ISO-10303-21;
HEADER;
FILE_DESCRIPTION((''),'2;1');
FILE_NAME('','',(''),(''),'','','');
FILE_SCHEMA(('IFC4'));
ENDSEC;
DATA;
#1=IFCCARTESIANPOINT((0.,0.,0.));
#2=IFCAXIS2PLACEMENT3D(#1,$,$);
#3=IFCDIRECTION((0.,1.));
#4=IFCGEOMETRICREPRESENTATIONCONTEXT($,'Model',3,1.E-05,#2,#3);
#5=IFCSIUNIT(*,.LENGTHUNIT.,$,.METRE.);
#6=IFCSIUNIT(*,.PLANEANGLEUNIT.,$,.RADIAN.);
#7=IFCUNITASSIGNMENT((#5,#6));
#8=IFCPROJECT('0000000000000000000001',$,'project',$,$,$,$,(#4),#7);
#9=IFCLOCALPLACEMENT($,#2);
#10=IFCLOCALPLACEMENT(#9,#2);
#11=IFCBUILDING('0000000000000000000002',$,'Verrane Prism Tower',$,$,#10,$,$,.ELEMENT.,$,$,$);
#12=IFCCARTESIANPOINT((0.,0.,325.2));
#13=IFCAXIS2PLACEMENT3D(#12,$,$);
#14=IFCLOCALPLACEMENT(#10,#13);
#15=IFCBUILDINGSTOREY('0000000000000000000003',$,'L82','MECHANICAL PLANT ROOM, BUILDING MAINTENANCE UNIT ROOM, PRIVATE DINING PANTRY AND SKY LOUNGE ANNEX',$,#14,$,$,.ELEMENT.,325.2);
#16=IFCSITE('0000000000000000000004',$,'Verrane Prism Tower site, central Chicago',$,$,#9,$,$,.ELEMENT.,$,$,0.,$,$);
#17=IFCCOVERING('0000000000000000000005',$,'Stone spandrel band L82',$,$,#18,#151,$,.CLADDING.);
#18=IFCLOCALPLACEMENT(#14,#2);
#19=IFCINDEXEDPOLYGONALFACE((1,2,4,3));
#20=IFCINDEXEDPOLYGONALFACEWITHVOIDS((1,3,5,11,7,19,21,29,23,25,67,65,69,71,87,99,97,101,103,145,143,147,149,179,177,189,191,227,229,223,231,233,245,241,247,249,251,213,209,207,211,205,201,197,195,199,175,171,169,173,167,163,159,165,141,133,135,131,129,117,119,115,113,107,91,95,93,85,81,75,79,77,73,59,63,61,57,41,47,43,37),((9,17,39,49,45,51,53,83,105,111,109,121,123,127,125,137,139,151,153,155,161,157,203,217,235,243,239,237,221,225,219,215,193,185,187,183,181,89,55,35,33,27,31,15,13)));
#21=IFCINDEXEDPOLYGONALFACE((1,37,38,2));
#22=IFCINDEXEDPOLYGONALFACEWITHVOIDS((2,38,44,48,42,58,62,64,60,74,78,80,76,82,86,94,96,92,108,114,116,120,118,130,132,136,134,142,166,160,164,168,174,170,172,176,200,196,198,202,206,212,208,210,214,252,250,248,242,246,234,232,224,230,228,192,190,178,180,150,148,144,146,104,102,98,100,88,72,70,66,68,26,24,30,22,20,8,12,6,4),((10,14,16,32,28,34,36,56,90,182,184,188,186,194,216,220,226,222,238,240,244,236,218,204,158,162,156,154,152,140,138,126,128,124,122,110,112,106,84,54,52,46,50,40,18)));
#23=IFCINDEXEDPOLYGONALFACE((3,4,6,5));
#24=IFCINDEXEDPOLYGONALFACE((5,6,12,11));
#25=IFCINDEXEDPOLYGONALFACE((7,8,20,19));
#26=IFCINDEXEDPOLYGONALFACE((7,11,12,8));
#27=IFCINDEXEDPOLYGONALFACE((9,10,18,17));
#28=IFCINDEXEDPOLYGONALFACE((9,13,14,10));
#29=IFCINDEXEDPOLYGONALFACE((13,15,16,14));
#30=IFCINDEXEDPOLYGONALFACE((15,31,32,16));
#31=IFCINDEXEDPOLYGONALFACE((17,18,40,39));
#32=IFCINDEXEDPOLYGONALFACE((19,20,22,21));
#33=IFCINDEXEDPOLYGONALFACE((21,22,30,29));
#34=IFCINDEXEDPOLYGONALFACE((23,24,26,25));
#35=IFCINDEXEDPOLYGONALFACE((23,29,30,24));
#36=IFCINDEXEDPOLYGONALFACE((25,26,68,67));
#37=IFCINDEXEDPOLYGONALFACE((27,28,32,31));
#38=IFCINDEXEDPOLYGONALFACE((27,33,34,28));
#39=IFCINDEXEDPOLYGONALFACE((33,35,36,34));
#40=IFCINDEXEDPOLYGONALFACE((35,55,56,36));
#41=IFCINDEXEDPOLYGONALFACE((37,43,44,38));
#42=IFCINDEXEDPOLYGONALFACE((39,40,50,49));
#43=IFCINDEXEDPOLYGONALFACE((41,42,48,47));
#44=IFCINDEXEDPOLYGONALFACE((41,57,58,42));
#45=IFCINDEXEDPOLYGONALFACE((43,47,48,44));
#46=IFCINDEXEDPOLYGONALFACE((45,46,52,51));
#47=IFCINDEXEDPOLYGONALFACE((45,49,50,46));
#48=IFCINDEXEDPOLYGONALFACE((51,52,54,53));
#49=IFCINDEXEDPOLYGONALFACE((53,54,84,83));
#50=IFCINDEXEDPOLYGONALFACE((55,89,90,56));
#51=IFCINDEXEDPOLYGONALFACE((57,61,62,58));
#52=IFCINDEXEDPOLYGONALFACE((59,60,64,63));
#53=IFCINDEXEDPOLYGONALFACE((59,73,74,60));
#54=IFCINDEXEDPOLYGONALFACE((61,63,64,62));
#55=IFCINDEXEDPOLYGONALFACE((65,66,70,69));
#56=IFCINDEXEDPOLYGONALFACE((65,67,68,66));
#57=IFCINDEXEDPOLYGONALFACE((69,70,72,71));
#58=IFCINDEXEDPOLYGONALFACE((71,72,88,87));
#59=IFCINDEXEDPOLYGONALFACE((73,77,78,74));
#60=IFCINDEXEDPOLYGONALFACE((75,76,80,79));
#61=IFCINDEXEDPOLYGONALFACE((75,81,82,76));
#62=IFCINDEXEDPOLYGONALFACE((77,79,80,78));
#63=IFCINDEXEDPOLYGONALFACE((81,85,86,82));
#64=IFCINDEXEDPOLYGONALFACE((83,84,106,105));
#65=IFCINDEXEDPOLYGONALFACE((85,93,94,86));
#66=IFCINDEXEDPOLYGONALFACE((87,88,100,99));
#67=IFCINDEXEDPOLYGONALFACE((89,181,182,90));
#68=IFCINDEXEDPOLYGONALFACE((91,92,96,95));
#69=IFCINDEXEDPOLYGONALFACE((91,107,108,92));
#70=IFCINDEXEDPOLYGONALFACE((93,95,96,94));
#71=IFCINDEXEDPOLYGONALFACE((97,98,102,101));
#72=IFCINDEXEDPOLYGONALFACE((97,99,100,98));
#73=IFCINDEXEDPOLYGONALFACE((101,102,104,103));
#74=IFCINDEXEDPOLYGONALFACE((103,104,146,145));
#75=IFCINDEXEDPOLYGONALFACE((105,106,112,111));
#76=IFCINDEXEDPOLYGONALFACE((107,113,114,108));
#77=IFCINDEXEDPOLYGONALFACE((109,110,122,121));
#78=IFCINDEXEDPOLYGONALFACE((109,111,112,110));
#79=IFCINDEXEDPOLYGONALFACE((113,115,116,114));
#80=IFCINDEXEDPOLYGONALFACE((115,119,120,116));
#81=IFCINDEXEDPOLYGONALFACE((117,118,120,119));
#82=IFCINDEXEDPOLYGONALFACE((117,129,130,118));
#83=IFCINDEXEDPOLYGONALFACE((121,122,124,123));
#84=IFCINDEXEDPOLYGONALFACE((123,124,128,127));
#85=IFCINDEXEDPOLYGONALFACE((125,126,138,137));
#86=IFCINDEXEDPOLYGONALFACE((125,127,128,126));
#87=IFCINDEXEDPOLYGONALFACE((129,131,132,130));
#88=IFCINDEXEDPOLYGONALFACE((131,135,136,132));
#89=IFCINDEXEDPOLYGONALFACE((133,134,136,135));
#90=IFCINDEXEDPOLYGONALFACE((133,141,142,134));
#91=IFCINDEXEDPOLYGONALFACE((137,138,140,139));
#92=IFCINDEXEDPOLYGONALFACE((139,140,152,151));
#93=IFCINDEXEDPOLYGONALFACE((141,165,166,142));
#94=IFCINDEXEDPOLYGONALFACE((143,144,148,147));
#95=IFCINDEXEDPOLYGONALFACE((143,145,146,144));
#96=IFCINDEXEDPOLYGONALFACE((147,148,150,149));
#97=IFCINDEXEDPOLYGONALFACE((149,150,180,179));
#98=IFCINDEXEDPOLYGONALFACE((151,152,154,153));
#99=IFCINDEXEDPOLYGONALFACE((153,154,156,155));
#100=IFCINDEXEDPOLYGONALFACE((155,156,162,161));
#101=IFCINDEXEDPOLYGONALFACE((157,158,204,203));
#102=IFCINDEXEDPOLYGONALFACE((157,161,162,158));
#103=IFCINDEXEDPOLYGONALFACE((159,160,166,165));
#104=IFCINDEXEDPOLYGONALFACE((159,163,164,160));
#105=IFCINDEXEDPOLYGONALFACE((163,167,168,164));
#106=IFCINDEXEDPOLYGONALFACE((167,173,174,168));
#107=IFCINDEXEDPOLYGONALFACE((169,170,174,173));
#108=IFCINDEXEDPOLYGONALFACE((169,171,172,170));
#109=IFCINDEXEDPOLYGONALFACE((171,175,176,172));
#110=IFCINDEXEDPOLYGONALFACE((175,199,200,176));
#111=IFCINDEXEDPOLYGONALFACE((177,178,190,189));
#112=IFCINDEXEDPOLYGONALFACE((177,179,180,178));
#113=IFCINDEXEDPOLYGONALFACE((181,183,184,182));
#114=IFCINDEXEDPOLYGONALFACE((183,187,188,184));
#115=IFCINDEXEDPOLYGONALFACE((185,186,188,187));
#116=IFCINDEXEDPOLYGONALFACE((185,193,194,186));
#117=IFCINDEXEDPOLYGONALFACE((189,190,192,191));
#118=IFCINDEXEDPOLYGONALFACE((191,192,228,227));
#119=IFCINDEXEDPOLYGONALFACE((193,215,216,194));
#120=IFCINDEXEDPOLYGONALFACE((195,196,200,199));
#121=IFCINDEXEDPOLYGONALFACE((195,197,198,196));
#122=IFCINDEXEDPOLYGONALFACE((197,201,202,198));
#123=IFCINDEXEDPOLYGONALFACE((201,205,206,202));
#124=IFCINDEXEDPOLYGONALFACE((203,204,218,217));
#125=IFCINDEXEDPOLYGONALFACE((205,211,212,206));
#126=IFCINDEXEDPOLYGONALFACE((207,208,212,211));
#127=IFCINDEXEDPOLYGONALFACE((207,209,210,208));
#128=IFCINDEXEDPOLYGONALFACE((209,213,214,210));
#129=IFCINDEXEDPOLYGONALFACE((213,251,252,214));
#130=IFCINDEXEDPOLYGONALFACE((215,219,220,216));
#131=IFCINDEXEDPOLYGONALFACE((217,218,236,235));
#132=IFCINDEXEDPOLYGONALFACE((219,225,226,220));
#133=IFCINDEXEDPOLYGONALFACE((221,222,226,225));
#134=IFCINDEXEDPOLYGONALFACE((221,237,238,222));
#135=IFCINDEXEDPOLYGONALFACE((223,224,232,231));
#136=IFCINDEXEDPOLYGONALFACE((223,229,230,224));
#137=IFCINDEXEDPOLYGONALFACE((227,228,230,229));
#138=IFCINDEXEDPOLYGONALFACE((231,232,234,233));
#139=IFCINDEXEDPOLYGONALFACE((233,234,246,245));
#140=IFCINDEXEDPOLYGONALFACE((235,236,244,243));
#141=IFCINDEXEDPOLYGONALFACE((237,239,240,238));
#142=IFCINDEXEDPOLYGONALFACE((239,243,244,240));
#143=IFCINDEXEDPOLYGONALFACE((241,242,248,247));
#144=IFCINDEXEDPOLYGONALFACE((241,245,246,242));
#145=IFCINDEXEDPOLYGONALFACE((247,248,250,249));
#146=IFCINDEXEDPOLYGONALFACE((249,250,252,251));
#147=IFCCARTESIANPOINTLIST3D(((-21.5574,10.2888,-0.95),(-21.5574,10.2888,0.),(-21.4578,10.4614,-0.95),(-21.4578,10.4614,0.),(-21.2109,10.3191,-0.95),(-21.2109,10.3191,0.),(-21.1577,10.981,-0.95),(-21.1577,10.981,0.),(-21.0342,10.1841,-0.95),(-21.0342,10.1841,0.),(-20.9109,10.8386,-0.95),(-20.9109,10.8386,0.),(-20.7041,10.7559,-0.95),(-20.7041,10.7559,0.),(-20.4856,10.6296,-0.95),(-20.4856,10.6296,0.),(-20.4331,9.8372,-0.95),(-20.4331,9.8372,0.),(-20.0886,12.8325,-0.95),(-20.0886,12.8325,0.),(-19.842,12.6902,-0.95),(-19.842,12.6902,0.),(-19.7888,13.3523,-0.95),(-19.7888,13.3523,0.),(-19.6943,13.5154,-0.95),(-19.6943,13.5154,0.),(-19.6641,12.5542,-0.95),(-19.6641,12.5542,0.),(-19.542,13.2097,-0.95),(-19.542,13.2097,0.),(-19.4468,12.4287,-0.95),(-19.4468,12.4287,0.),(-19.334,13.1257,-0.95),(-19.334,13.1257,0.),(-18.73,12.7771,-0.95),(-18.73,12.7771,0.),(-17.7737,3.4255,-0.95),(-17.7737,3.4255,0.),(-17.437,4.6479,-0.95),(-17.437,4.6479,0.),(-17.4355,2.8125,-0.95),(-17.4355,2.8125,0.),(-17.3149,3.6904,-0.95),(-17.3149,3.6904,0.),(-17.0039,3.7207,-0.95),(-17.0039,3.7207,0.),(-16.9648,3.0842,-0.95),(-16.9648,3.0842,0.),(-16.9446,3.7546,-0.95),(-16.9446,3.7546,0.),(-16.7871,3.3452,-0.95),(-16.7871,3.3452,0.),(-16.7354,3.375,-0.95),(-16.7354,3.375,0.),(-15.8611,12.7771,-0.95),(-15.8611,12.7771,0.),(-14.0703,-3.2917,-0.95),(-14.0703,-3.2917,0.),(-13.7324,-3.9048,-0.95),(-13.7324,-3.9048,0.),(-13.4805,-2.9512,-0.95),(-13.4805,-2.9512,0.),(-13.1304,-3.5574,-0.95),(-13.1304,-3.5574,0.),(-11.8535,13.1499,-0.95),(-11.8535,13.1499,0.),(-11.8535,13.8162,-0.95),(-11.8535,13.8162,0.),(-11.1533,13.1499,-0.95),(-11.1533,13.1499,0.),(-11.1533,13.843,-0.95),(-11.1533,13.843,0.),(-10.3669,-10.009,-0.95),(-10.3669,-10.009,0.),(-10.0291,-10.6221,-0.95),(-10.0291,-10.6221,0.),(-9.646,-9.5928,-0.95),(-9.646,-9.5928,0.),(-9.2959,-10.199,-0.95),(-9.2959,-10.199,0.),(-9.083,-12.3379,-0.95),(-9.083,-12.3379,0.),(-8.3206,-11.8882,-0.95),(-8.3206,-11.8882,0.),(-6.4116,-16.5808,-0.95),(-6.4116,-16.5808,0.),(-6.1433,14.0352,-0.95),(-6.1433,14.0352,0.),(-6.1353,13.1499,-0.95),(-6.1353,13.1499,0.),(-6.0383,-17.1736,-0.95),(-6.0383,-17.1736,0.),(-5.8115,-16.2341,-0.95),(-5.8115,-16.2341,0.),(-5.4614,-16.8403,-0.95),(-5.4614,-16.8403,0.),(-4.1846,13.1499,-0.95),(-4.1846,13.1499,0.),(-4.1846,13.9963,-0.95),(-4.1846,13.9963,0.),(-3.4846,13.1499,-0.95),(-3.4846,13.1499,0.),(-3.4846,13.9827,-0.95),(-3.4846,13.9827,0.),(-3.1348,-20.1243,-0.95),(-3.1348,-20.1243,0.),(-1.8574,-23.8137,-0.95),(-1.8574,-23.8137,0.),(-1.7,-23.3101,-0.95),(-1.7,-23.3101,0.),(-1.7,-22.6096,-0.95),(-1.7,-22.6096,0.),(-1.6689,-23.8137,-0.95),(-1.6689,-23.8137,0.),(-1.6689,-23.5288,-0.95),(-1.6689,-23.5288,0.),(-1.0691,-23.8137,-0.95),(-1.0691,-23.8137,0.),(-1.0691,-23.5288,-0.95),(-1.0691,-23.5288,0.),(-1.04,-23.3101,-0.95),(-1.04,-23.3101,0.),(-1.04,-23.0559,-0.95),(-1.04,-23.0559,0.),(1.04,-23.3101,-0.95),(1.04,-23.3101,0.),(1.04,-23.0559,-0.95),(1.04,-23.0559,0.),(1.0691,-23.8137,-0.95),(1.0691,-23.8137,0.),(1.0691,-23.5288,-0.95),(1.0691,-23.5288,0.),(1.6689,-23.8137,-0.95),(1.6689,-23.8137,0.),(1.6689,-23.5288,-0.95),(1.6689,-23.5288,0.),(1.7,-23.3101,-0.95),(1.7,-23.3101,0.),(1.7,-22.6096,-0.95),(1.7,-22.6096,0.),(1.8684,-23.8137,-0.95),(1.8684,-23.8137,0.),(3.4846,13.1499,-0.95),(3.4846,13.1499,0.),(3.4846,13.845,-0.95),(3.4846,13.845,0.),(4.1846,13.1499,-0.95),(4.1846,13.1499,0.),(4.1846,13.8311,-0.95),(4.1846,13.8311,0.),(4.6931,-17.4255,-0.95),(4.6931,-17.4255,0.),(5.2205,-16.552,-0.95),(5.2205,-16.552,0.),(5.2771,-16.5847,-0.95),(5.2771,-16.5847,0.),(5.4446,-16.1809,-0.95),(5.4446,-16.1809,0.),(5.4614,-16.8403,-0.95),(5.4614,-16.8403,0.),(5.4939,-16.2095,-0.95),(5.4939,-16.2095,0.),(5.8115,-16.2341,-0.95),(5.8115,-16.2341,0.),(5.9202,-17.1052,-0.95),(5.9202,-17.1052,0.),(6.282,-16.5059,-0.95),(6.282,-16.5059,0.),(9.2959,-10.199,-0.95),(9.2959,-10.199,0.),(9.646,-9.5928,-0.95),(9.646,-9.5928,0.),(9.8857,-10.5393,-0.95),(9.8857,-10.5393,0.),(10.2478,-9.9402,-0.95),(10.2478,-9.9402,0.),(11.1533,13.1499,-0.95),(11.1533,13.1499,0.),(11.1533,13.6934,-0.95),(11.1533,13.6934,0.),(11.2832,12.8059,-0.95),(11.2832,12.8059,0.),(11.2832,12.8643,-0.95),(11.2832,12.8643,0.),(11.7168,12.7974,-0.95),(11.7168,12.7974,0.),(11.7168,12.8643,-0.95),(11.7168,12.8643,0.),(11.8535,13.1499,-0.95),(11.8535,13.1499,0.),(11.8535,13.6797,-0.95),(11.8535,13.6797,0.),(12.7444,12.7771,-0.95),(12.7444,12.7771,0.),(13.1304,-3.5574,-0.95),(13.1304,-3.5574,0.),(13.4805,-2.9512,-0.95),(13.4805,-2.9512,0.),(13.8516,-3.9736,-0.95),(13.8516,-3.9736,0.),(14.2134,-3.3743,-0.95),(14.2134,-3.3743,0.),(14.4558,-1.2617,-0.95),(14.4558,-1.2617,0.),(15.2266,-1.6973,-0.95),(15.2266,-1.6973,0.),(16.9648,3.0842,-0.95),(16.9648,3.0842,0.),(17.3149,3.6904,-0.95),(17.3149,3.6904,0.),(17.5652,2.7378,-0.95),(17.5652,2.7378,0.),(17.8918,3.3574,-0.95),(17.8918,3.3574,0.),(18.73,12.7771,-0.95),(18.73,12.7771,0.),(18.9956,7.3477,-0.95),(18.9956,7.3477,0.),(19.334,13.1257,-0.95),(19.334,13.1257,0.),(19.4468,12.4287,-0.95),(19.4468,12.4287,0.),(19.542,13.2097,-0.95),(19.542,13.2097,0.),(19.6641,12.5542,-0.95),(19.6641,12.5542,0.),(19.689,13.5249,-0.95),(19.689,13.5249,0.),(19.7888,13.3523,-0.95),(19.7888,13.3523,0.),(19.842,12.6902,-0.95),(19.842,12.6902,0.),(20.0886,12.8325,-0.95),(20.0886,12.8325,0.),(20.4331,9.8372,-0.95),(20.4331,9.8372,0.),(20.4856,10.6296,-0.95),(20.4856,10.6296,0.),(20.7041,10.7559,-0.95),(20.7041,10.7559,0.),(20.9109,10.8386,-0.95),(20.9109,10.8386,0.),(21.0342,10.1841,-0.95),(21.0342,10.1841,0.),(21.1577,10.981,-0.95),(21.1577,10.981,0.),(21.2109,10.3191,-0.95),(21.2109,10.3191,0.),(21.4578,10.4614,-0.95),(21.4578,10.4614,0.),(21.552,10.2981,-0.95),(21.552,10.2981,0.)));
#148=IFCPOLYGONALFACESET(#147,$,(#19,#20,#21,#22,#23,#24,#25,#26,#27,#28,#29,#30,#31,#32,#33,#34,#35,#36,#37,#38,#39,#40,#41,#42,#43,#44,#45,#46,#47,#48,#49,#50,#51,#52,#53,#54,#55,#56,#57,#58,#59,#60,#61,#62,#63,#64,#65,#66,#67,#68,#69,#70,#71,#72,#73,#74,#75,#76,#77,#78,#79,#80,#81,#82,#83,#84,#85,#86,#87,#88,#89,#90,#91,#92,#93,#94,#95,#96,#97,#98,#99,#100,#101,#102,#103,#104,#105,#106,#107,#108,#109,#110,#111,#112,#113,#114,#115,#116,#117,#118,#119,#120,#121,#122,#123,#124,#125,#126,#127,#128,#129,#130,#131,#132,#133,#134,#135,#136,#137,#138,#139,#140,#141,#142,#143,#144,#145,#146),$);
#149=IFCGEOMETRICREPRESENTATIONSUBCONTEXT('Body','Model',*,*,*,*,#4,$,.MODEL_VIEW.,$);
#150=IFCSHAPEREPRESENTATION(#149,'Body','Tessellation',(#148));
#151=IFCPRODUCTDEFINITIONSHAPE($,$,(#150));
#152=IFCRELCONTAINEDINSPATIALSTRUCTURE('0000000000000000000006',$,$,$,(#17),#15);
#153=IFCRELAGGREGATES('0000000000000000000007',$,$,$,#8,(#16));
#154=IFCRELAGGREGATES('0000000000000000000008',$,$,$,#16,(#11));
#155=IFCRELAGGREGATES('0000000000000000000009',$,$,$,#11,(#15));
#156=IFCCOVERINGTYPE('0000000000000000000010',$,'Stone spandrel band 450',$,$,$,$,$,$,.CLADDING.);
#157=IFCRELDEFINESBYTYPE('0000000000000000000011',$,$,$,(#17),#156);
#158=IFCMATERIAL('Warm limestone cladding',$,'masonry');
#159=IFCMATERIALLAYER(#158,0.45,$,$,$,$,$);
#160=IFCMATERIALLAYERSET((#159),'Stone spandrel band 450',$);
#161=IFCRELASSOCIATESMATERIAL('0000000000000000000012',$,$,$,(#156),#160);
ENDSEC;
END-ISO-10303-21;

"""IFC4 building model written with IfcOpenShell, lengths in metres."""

from ifc_helpers import new_model, si_unit, direction, frame, origin, place, context, subcontext, project, spatial, polyline, outline, extrude, material, layer, layer_set, type_object, element, save


model = new_model("IFC4")

# Units and contexts
model_context = context("Model", 3, precision=1e-05, world=origin(), true_north=direction((0.0, 1.0)))
body_context = subcontext(model_context, "Body", "Model", "MODEL_VIEW")
ifc_project = project(units=[si_unit("LENGTHUNIT", "METRE"), si_unit("PLANEANGLEUNIT", "RADIAN")], contexts=[model_context])

# Site, building, storey
site_placement = place(None, origin())
site = spatial("IfcSite", under=ifc_project, at=site_placement, Name="Verrane Prism Tower site, central Chicago", CompositionType="ELEMENT", RefElevation=0.0)
building_placement = place(site_placement, origin())
building = spatial("IfcBuilding", under=site, at=building_placement, Name="Verrane Prism Tower", CompositionType="ELEMENT")
storey_placement = place(building_placement, frame((0.0, 0.0, 325.2)))
storey = spatial("IfcBuildingStorey", under=building, at=storey_placement, Name="L82", Description="MECHANICAL PLANT ROOM, BUILDING MAINTENANCE UNIT ROOM, PRIVATE DINING PANTRY AND SKY LOUNGE ANNEX", CompositionType="ELEMENT", Elevation=325.2)

# Covering
ifc_material_1 = material(Name="Warm limestone cladding", Category="masonry")
ifc_layer_1 = layer(ifc_material_1, 0.45)
ifc_layer_set_1 = layer_set([ifc_layer_1], Name="Stone spandrel band 450")
covering_type_1 = type_object("IfcCoveringType", Name="Stone spandrel band 450", PredefinedType="CLADDING", material=ifc_layer_set_1)
covering_1_placement = place(storey_placement, frame((0.0, 0.0, -0.95)))
element("IfcCovering", 1, at=covering_1_placement, inside=storey, type_object=covering_type_1, Name="Stone spandrel band L82", PredefinedType="CLADDING", context=body_context, shape_type="SweptSolid", body=[
    extrude(outline(polyline([(1.8684, -23.8137), (5.9202, -17.1052), (5.4614, -16.8403), (5.8115, -16.2341), (6.282, -16.5059), (9.8857, -10.5393), (9.2959, -10.199), (9.646, -9.5928), (10.2478, -9.9402), (13.8516, -3.9736), (13.1304, -3.5574), (13.4805, -2.9512), (14.2134, -3.3743), (15.2266, -1.6973), (17.5652, 2.7378), (16.9648, 3.0842), (17.3149, 3.6904), (17.8918, 3.3574), (21.552, 10.2981), (21.4578, 10.4614), (21.2109, 10.3191), (20.9109, 10.8386), (21.1577, 10.981), (20.0886, 12.8325), (19.842, 12.6902), (19.542, 13.2097), (19.7888, 13.3523), (19.689, 13.5249), (11.8535, 13.6797), (11.8535, 13.1499), (11.1533, 13.1499), (11.1533, 13.6934), (4.1846, 13.8311), (4.1846, 13.1499), (3.4846, 13.1499), (3.4846, 13.845), (-3.4846, 13.9827), (-3.4846, 13.1499), (-4.1846, 13.1499), (-4.1846, 13.9963), (-6.1433, 14.0352), (-11.1533, 13.843), (-11.1533, 13.1499), (-11.8535, 13.1499), (-11.8535, 13.8162), (-19.6943, 13.5154), (-19.7888, 13.3523), (-19.542, 13.2097), (-19.842, 12.6902), (-20.0886, 12.8325), (-21.1577, 10.981), (-20.9109, 10.8386), (-21.2109, 10.3191), (-21.4578, 10.4614), (-21.5574, 10.2888), (-17.7737, 3.4255), (-17.3149, 3.6904), (-16.9648, 3.0842), (-17.4355, 2.8125), (-14.0703, -3.2917), (-13.4805, -2.9512), (-13.1304, -3.5574), (-13.7324, -3.9048), (-10.3669, -10.009), (-9.646, -9.5928), (-9.2959, -10.199), (-10.0291, -10.6221), (-9.083, -12.3379), (-6.4116, -16.5808), (-5.8115, -16.2341), (-5.4614, -16.8403), (-6.0383, -17.1736), (-1.8574, -23.8137), (-1.6689, -23.8137), (-1.6689, -23.5288), (-1.0691, -23.5288), (-1.0691, -23.8137), (1.0691, -23.8137), (1.0691, -23.5288), (1.6689, -23.5288), (1.6689, -23.8137), (1.8684, -23.8137)]), holes=[polyline([(4.6931, -17.4255), (1.7, -22.6096), (1.7, -23.3101), (1.04, -23.3101), (1.04, -23.0559), (-1.04, -23.0559), (-1.04, -23.3101), (-1.7, -23.3101), (-1.7, -22.6096), (-3.1348, -20.1243), (-8.3206, -11.8882), (-16.7354, 3.375), (-16.7871, 3.3452), (-17.0039, 3.7207), (-16.9446, 3.7546), (-17.437, 4.6479), (-20.4331, 9.8372), (-21.0342, 10.1841), (-20.7041, 10.7559), (-20.4856, 10.6296), (-19.4468, 12.4287), (-19.6641, 12.5542), (-19.334, 13.1257), (-18.73, 12.7771), (-15.8611, 12.7771), (-6.1353, 13.1499), (11.2832, 12.8059), (11.2832, 12.8643), (11.7168, 12.8643), (11.7168, 12.7974), (12.7444, 12.7771), (18.73, 12.7771), (19.334, 13.1257), (19.6641, 12.5542), (19.4468, 12.4287), (20.4856, 10.6296), (20.7041, 10.7559), (21.0342, 10.1841), (20.4331, 9.8372), (18.9956, 7.3477), (14.4558, -1.2617), (5.4446, -16.1809), (5.4939, -16.2095), (5.2771, -16.5847), (5.2205, -16.552), (4.6931, -17.4255)])]), origin(), (0.0, 0.0, 1.0), 0.95),
])

save(model, "model.ifc")
